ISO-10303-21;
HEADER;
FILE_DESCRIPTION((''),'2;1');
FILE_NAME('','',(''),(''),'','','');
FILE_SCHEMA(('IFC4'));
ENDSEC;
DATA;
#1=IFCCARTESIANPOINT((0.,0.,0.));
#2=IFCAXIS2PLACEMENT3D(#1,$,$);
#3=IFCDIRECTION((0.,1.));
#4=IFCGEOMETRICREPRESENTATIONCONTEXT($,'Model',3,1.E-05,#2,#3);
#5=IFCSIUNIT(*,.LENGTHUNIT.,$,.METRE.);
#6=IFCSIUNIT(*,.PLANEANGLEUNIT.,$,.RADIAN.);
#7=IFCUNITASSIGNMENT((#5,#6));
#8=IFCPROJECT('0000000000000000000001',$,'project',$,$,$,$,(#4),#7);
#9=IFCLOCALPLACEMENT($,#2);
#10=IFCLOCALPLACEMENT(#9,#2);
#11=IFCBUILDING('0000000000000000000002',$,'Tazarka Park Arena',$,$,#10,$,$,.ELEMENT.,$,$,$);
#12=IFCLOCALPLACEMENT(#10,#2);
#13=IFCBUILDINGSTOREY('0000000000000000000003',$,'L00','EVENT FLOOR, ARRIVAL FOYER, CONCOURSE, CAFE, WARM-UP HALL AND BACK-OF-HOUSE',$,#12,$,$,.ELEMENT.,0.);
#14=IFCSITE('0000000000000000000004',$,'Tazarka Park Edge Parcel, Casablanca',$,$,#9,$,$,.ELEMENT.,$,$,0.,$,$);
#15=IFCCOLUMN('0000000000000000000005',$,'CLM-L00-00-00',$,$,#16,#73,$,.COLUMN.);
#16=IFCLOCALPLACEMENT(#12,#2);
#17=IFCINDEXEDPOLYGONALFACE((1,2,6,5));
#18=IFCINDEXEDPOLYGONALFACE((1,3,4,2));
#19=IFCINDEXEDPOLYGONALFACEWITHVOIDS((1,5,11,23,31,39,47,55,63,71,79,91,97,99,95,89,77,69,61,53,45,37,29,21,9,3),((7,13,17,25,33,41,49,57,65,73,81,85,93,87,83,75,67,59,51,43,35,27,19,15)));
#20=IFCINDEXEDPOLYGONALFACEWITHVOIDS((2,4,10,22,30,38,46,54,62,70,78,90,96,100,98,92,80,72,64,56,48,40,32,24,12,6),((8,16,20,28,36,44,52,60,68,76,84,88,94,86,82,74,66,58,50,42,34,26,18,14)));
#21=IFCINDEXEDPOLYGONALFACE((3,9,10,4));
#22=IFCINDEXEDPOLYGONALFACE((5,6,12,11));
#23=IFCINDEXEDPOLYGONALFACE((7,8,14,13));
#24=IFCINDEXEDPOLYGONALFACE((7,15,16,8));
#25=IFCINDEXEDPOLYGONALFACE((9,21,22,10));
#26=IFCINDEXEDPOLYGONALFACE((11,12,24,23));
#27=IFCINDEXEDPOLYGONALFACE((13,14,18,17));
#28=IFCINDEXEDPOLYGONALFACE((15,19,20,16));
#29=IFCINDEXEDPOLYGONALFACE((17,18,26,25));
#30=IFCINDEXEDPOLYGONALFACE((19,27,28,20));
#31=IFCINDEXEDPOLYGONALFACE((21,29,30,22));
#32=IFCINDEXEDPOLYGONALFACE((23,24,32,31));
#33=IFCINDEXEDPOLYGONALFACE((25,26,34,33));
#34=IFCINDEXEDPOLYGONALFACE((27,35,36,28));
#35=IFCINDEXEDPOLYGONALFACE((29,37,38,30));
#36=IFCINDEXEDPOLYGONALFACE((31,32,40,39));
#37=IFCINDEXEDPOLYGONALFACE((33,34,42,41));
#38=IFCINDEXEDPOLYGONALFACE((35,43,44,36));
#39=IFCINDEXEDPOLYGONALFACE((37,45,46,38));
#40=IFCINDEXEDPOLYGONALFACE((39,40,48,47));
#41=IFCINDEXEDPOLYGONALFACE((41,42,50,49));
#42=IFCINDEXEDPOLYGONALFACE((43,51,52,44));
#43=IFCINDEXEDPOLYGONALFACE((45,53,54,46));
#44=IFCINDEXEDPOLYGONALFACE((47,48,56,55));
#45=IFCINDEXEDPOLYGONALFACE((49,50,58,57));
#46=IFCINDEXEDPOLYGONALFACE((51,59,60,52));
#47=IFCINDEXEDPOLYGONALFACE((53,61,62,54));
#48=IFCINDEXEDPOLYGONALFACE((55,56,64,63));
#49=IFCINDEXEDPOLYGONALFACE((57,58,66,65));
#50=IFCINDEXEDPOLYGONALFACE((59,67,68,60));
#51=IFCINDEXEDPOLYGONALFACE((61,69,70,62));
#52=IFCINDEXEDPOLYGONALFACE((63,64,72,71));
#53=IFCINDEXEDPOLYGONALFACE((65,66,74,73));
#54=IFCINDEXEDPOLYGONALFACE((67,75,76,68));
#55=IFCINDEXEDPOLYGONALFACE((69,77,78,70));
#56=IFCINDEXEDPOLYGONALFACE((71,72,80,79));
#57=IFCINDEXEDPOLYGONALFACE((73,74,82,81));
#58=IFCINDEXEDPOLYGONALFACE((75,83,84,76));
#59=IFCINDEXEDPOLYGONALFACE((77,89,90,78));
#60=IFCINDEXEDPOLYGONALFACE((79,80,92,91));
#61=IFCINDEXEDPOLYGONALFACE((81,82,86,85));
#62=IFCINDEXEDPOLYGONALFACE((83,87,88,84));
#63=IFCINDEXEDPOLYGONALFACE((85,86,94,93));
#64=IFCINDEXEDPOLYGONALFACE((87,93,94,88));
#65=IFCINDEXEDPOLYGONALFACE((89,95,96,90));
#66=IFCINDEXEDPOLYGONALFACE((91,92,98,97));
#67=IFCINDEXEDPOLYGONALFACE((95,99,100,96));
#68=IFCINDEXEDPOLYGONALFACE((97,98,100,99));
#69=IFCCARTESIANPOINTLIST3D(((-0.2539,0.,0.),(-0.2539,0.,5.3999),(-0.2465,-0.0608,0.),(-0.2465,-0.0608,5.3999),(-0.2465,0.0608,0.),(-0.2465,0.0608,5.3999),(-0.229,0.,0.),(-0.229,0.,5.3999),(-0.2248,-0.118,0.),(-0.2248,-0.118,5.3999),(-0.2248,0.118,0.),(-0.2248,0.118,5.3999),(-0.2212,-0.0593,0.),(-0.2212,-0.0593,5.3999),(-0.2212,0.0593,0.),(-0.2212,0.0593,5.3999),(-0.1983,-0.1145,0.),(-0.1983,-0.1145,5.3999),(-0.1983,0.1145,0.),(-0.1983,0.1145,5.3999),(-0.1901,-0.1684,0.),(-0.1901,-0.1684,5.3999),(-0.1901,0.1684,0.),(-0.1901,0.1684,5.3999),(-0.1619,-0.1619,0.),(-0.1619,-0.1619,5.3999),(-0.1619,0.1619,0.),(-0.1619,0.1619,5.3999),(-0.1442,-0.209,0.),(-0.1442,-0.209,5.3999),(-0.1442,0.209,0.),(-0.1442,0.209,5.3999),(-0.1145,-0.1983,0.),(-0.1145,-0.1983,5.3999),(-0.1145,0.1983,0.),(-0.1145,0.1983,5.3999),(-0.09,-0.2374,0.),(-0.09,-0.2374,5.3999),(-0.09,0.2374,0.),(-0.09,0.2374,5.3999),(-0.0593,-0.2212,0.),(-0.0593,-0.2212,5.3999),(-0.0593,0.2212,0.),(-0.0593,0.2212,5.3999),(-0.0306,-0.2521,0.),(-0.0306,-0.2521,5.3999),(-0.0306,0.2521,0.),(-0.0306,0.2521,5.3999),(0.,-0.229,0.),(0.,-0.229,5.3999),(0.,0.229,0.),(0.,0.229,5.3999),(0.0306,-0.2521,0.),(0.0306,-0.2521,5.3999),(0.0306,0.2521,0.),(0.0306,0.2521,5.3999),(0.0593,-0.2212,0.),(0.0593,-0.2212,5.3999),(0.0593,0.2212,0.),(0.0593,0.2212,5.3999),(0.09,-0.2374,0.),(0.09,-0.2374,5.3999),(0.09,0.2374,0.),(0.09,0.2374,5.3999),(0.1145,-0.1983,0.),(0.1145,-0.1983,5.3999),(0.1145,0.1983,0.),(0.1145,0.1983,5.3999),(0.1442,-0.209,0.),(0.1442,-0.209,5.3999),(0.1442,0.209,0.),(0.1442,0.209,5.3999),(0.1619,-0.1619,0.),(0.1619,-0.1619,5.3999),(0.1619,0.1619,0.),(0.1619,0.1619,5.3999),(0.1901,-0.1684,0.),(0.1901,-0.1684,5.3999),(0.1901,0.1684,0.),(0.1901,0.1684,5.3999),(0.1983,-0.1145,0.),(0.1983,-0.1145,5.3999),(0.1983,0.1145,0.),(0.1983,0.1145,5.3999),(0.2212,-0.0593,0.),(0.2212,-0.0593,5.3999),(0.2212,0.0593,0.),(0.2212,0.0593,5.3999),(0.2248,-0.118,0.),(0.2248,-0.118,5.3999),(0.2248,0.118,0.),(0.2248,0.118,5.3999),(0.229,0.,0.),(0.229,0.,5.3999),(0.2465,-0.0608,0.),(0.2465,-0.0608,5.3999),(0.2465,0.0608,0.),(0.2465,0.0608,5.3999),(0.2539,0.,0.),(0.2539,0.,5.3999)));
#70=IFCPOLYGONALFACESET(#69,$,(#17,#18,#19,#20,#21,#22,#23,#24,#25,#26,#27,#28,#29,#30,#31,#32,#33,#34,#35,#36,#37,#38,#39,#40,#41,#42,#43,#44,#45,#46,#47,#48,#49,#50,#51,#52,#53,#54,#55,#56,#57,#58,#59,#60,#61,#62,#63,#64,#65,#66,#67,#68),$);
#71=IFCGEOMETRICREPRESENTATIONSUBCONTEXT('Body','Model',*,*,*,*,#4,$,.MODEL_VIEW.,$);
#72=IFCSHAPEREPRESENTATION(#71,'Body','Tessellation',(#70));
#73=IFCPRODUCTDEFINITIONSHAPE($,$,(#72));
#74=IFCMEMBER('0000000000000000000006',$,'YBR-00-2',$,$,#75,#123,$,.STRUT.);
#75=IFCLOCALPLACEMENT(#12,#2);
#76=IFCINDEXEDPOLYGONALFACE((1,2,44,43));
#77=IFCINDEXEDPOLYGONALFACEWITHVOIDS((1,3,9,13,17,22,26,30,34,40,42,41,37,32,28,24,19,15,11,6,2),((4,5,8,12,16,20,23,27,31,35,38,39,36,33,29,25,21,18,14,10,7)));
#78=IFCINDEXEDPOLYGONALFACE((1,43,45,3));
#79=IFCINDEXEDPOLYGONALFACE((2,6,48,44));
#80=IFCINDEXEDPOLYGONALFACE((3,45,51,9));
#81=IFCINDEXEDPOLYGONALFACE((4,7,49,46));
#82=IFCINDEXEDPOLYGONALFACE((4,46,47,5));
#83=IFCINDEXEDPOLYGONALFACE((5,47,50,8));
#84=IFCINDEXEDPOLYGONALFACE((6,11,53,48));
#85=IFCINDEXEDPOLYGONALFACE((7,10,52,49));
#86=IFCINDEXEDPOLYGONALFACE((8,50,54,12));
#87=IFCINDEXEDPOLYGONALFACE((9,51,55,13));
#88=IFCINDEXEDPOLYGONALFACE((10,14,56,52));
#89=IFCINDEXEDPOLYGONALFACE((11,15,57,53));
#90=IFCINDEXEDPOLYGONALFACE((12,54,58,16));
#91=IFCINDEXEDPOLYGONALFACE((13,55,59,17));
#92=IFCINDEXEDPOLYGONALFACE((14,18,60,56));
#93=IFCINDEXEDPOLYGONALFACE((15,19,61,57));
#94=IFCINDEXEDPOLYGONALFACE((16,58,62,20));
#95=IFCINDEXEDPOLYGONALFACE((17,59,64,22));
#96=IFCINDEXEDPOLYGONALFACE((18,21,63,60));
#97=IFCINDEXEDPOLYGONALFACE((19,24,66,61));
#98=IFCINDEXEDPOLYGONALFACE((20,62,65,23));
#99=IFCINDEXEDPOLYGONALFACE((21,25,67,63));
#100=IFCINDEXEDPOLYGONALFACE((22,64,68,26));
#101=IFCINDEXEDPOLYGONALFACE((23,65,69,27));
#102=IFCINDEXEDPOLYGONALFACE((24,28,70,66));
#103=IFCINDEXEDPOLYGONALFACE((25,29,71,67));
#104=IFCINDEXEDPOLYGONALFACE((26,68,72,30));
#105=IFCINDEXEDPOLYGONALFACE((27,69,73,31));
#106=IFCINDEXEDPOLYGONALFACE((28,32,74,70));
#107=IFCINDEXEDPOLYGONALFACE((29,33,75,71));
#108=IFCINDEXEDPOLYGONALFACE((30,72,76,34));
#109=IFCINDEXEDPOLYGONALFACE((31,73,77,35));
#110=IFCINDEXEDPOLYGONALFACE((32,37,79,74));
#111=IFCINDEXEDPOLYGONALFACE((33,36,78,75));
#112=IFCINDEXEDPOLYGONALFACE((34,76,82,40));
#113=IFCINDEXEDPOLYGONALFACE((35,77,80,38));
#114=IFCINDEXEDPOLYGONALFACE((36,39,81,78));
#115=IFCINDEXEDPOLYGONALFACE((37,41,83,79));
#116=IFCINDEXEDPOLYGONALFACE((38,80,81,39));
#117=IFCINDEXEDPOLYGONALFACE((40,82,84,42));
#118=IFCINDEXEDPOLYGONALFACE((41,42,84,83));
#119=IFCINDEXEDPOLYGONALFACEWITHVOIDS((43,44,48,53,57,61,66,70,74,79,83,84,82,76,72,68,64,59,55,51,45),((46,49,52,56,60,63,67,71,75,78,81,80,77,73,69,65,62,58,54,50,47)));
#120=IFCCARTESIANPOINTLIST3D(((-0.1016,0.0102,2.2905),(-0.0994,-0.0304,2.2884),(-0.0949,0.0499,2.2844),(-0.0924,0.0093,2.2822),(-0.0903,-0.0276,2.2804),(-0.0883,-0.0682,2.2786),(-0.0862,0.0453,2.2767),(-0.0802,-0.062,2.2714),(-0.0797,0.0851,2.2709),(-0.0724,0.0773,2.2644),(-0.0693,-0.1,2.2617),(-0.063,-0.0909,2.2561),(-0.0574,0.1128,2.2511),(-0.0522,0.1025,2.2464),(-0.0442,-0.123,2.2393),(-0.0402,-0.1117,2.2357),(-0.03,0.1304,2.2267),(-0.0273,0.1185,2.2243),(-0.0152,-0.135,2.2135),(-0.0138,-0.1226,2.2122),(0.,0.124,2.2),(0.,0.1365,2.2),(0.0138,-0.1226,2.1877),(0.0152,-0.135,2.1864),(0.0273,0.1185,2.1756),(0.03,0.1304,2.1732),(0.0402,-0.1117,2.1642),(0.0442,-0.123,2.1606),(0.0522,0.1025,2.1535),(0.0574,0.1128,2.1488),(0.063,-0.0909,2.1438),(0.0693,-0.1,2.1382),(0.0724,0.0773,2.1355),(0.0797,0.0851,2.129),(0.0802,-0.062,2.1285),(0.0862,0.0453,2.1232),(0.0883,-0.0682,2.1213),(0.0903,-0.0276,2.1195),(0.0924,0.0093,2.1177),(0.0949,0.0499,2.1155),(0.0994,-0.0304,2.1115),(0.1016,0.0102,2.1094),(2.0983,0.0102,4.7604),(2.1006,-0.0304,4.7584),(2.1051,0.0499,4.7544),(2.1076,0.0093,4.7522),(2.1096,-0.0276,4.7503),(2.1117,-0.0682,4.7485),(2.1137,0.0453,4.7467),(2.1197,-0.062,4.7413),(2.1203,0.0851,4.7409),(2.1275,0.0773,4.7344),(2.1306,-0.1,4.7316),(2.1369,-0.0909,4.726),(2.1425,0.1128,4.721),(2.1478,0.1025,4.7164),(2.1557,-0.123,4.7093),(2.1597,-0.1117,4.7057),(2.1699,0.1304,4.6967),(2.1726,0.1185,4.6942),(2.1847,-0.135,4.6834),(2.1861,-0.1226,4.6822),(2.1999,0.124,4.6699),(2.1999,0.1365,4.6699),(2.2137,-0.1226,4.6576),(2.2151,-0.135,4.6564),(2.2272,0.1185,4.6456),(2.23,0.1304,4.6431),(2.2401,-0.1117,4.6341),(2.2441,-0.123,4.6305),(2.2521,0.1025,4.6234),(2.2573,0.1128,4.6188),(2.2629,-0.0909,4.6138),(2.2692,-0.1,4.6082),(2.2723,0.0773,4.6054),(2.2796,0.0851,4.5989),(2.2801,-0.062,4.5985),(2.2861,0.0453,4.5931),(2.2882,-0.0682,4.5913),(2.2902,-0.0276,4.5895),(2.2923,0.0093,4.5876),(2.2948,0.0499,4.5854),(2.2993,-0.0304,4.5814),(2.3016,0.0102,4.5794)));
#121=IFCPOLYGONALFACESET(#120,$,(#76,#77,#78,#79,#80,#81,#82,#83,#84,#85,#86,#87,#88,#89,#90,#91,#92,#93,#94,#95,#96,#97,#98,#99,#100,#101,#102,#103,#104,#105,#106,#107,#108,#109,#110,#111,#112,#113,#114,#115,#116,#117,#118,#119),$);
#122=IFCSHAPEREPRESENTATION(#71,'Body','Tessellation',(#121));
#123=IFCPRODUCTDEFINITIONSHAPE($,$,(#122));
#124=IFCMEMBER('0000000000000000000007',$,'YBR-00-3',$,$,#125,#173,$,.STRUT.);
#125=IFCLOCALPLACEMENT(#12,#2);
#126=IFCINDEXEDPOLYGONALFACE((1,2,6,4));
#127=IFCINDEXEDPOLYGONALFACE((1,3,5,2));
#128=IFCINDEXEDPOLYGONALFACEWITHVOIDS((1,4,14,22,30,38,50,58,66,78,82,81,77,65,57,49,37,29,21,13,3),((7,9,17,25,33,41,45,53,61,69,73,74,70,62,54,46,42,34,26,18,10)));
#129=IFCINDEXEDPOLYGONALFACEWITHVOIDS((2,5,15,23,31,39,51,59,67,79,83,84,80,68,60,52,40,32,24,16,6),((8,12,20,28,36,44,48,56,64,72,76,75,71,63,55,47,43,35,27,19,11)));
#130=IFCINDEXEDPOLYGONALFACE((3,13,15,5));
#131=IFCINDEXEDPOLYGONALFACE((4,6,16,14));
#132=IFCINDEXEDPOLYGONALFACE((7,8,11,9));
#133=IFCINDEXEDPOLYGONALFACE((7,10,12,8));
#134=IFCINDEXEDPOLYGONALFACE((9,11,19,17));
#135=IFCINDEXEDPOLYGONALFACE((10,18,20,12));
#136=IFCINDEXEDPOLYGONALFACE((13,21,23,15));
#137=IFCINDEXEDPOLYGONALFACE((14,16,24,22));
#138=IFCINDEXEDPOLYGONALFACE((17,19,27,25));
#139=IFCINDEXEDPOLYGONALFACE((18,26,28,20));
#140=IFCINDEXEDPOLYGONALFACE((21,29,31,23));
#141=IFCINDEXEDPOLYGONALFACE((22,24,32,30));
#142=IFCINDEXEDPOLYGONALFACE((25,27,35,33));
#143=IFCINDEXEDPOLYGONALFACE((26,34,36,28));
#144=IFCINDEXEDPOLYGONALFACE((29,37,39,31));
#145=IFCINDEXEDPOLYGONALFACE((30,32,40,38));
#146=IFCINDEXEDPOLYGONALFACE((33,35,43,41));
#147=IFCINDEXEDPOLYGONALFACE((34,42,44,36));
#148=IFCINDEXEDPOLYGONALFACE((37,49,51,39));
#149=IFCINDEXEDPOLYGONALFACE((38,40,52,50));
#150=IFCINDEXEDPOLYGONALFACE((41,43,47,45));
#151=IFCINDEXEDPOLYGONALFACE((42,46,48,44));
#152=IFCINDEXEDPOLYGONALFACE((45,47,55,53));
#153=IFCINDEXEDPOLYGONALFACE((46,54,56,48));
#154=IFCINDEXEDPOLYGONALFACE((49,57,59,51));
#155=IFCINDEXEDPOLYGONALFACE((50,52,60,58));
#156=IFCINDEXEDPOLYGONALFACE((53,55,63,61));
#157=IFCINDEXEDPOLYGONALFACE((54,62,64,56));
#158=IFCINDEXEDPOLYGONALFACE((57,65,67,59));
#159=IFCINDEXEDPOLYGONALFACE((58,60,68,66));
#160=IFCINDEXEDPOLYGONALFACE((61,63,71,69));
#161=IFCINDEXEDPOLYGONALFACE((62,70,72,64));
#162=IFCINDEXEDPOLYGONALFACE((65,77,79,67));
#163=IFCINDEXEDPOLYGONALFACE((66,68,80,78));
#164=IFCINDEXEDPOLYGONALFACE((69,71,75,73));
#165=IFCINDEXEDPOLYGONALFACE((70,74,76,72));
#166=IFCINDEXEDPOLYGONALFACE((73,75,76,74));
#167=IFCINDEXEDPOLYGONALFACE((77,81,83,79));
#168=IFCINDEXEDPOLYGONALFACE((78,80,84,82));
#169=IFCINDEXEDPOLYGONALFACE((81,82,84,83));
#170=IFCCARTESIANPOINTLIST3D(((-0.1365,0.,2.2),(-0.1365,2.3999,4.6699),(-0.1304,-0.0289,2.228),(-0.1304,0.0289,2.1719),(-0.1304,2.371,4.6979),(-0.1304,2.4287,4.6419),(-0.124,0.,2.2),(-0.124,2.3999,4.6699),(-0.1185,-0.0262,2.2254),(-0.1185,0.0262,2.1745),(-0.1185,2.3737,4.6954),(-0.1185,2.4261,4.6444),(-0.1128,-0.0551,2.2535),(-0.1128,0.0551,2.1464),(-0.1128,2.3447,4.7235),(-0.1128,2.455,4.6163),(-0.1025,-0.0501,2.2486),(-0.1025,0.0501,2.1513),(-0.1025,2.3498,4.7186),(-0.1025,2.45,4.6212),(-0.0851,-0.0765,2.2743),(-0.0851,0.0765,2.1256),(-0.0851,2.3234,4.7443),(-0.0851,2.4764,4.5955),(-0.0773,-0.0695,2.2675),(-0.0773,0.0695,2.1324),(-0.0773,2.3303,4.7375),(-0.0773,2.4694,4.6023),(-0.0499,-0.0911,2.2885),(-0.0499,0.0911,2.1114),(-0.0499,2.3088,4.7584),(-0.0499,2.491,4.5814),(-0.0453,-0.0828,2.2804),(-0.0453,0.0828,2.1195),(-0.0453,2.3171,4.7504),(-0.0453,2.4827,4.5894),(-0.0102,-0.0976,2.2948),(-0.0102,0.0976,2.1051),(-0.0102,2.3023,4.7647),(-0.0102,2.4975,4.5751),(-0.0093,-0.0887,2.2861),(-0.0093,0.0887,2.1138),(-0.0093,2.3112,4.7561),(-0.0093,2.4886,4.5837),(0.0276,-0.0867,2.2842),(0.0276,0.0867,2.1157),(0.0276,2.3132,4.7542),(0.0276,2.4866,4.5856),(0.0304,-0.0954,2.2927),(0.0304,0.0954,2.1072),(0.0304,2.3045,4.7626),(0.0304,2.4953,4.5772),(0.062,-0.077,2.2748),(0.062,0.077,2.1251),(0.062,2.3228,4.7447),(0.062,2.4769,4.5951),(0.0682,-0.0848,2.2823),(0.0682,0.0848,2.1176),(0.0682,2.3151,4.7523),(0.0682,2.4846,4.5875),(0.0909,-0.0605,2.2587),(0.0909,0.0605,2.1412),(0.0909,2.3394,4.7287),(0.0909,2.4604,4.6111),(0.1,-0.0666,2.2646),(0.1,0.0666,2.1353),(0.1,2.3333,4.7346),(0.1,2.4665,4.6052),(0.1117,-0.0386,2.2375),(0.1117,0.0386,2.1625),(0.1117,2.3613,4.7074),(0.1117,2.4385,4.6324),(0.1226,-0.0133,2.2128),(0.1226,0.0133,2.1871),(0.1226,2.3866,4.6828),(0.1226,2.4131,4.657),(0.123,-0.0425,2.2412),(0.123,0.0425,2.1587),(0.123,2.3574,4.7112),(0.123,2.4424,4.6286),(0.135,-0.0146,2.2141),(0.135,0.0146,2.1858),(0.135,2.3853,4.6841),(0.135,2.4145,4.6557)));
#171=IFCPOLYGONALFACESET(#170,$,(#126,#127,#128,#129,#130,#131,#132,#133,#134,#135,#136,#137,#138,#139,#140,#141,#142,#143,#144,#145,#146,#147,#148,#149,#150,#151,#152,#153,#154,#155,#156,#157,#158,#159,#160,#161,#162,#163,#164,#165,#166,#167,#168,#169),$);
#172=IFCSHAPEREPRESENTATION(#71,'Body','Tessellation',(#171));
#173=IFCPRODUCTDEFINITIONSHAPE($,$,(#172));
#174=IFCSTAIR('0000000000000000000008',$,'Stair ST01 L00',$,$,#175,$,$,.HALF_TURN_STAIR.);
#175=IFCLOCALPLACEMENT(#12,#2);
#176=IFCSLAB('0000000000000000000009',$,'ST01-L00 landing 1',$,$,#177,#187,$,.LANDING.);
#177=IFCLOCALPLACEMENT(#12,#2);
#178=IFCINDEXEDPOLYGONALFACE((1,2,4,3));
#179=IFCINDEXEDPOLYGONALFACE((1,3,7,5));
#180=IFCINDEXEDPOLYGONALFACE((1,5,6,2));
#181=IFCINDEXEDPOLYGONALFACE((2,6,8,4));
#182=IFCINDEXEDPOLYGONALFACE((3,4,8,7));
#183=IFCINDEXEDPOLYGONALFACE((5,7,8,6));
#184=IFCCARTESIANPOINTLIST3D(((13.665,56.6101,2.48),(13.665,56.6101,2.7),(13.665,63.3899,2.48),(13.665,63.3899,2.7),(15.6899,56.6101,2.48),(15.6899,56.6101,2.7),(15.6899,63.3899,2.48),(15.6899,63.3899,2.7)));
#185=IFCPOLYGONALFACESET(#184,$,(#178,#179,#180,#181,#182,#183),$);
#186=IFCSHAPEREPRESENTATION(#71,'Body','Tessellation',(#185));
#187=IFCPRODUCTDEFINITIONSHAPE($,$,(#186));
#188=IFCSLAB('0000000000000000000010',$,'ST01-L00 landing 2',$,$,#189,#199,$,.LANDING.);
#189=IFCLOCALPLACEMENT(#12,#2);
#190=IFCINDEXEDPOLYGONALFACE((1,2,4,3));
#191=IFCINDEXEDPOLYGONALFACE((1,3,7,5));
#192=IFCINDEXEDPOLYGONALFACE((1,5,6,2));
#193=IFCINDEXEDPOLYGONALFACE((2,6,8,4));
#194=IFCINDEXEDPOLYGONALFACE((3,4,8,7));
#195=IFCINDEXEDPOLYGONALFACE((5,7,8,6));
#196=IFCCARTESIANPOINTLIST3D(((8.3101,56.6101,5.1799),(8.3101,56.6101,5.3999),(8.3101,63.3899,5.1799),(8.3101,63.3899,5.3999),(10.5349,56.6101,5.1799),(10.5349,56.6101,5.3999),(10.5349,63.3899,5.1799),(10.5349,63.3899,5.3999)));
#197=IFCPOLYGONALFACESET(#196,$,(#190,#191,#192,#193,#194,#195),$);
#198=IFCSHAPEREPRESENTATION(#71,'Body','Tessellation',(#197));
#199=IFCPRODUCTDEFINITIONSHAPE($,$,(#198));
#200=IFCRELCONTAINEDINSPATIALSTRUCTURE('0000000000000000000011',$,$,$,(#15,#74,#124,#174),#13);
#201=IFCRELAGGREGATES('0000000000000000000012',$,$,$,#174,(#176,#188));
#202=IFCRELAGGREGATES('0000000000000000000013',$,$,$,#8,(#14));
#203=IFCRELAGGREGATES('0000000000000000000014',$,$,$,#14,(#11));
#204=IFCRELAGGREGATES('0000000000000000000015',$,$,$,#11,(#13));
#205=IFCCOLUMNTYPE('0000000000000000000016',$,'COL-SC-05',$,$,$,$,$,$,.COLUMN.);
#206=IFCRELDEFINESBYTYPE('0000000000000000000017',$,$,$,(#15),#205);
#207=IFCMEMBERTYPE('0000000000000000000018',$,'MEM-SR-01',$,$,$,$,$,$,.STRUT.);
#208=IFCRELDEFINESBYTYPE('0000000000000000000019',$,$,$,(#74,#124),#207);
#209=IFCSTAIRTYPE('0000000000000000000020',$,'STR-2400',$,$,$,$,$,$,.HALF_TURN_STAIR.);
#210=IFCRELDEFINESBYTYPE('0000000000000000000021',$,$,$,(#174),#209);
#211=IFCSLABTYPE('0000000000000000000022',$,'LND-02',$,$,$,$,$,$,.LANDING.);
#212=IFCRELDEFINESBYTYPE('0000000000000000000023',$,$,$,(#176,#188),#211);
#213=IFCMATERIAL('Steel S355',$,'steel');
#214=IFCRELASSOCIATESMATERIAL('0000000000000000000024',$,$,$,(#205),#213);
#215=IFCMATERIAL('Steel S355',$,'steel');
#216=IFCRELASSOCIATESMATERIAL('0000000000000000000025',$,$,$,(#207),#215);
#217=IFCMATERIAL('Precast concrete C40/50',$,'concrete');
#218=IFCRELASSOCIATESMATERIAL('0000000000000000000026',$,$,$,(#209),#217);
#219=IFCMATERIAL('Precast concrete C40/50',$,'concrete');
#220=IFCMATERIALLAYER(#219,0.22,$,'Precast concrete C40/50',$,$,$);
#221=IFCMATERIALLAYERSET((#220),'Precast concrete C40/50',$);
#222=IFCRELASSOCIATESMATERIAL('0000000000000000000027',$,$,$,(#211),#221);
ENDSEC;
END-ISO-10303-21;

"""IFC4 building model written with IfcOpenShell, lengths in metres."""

from ifc_helpers import new_model, si_unit, direction, frame, origin, origin_with_axes, origin_2d, place, context, subcontext, project, spatial, polyline, hollow_circle, outline, extrude, material, layer, layer_set, material_profile, profile_set, type_object, element, aggregate, save


model = new_model("IFC4")

# Units and contexts
model_context = context("Model", 3, precision=1e-05, world=origin(), true_north=direction((0.0, 1.0)))
body_context = subcontext(model_context, "Body", "Model", "MODEL_VIEW")
ifc_project = project(units=[si_unit("LENGTHUNIT", "METRE"), si_unit("PLANEANGLEUNIT", "RADIAN")], contexts=[model_context])

# Site, building, storey
site_placement = place(None, origin())
site = spatial("IfcSite", under=ifc_project, at=site_placement, Name="Tazarka Park Edge Parcel, Casablanca", CompositionType="ELEMENT", RefElevation=0.0)
building_placement = place(site_placement, origin())
building = spatial("IfcBuilding", under=site, at=building_placement, Name="Tazarka Park Arena", CompositionType="ELEMENT")
storey_placement = place(building_placement, origin())
storey = spatial("IfcBuildingStorey", under=building, at=storey_placement, Name="L00", Description="EVENT FLOOR, ARRIVAL FOYER, CONCOURSE, CAFE, WARM-UP HALL AND BACK-OF-HOUSE", CompositionType="ELEMENT", Elevation=0.0)

# Column
ifc_material_1 = material(Name="Steel S355", Category="steel")
ifc_material_profile_1 = material_profile(ifc_material_1, hollow_circle(Radius=0.2539, WallThickness=0.0249, at=origin_2d()), Name="Steel S355")
ifc_profile_set_1 = profile_set([ifc_material_profile_1], Name="Steel S355")
column_type = type_object("IfcColumnType", Name="COL-SC-05", PredefinedType="COLUMN", material=ifc_profile_set_1)
column_placement = place(storey_placement, origin_with_axes())
element("IfcColumn", 1, at=column_placement, inside=storey, type_object=column_type, Name="CLM-L00-00-00", PredefinedType="COLUMN", context=body_context, shape_type="SweptSolid", body=[
    extrude(hollow_circle(Radius=0.2539, WallThickness=0.0249, at=origin_2d()), origin(), (0.0, 0.0, 1.0), 5.3999),
])

# Members
ifc_material_2 = material(Name="Steel S355", Category="steel")
ifc_material_profile_2 = material_profile(ifc_material_2, hollow_circle(Radius=0.1365, WallThickness=0.0125, at=origin_2d()), Name="Steel S355")
ifc_profile_set_2 = profile_set([ifc_material_profile_2], Name="Steel S355")
member_type = type_object("IfcMemberType", Name="MEM-SR-01", PredefinedType="STRUT", material=ifc_profile_set_2)
member_1_placement = place(storey_placement, frame((0.0, 0.0, 2.2), z_axis=(0.66511, 0.0, 0.746745), x_axis=(0.0, 1.0, 0.0)))
element("IfcMember", 2, at=member_1_placement, inside=storey, type_object=member_type, Name="YBR-00-2", PredefinedType="STRUT", context=body_context, shape_type="SweptSolid", body=[
    extrude(hollow_circle(Radius=0.1365, WallThickness=0.0125, at=origin_2d()), origin(), (0.0, 0.0, 1.0), 3.3076),
])
member_2_placement = place(storey_placement, frame((0.0, 0.0, 2.2), z_axis=(0.0, 0.696861, 0.717206), x_axis=(-1.0, 0.0, 0.0)))
element("IfcMember", 3, at=member_2_placement, inside=storey, type_object=member_type, Name="YBR-00-3", PredefinedType="STRUT", context=body_context, shape_type="SweptSolid", body=[
    extrude(hollow_circle(Radius=0.1365, WallThickness=0.0125, at=origin_2d()), origin(), (0.0, 0.0, 1.0), 3.4438),
])

# Stair, slabs
ifc_material_3 = material(Name="Precast concrete C40/50", Category="concrete")
stair_type = type_object("IfcStairType", Name="STR-2400", PredefinedType="HALF_TURN_STAIR", material=ifc_material_3)
stair_1_placement = place(storey_placement, origin())
stair_1 = element("IfcStair", 4, at=stair_1_placement, inside=storey, type_object=stair_type, Name="Stair ST01 L00", PredefinedType="HALF_TURN_STAIR")
ifc_material_4 = material(Name="Precast concrete C40/50", Category="concrete")
ifc_layer_1 = layer(ifc_material_4, 0.22, Name="Precast concrete C40/50")
ifc_layer_set_1 = layer_set([ifc_layer_1], Name="Precast concrete C40/50")
slab_type = type_object("IfcSlabType", Name="LND-02", PredefinedType="LANDING", material=ifc_layer_set_1)
slab_1_placement = place(storey_placement, frame((0.0, 0.0, 2.48)))
slab_1 = element("IfcSlab", 5, at=slab_1_placement, type_object=slab_type, Name="ST01-L00 landing 1", PredefinedType="LANDING", context=body_context, shape_type="SweptSolid", body=[
    extrude(outline(polyline([(13.665, 56.6101), (15.6899, 56.6101), (15.6899, 63.3899), (13.665, 63.3899), (13.665, 56.6101)])), origin(), (0.0, 0.0, 1.0), 0.22),
])
slab_2_placement = place(storey_placement, frame((0.0, 0.0, 5.1799)))
slab_2 = element("IfcSlab", 6, at=slab_2_placement, type_object=slab_type, Name="ST01-L00 landing 2", PredefinedType="LANDING", context=body_context, shape_type="SweptSolid", body=[
    extrude(outline(polyline([(8.3101, 56.6101), (10.5349, 56.6101), (10.5349, 63.3899), (8.3101, 63.3899), (8.3101, 56.6101)])), origin(), (0.0, 0.0, 1.0), 0.22),
])
aggregate(stair_1, [slab_1, slab_2])

save(model, "model.ifc")
